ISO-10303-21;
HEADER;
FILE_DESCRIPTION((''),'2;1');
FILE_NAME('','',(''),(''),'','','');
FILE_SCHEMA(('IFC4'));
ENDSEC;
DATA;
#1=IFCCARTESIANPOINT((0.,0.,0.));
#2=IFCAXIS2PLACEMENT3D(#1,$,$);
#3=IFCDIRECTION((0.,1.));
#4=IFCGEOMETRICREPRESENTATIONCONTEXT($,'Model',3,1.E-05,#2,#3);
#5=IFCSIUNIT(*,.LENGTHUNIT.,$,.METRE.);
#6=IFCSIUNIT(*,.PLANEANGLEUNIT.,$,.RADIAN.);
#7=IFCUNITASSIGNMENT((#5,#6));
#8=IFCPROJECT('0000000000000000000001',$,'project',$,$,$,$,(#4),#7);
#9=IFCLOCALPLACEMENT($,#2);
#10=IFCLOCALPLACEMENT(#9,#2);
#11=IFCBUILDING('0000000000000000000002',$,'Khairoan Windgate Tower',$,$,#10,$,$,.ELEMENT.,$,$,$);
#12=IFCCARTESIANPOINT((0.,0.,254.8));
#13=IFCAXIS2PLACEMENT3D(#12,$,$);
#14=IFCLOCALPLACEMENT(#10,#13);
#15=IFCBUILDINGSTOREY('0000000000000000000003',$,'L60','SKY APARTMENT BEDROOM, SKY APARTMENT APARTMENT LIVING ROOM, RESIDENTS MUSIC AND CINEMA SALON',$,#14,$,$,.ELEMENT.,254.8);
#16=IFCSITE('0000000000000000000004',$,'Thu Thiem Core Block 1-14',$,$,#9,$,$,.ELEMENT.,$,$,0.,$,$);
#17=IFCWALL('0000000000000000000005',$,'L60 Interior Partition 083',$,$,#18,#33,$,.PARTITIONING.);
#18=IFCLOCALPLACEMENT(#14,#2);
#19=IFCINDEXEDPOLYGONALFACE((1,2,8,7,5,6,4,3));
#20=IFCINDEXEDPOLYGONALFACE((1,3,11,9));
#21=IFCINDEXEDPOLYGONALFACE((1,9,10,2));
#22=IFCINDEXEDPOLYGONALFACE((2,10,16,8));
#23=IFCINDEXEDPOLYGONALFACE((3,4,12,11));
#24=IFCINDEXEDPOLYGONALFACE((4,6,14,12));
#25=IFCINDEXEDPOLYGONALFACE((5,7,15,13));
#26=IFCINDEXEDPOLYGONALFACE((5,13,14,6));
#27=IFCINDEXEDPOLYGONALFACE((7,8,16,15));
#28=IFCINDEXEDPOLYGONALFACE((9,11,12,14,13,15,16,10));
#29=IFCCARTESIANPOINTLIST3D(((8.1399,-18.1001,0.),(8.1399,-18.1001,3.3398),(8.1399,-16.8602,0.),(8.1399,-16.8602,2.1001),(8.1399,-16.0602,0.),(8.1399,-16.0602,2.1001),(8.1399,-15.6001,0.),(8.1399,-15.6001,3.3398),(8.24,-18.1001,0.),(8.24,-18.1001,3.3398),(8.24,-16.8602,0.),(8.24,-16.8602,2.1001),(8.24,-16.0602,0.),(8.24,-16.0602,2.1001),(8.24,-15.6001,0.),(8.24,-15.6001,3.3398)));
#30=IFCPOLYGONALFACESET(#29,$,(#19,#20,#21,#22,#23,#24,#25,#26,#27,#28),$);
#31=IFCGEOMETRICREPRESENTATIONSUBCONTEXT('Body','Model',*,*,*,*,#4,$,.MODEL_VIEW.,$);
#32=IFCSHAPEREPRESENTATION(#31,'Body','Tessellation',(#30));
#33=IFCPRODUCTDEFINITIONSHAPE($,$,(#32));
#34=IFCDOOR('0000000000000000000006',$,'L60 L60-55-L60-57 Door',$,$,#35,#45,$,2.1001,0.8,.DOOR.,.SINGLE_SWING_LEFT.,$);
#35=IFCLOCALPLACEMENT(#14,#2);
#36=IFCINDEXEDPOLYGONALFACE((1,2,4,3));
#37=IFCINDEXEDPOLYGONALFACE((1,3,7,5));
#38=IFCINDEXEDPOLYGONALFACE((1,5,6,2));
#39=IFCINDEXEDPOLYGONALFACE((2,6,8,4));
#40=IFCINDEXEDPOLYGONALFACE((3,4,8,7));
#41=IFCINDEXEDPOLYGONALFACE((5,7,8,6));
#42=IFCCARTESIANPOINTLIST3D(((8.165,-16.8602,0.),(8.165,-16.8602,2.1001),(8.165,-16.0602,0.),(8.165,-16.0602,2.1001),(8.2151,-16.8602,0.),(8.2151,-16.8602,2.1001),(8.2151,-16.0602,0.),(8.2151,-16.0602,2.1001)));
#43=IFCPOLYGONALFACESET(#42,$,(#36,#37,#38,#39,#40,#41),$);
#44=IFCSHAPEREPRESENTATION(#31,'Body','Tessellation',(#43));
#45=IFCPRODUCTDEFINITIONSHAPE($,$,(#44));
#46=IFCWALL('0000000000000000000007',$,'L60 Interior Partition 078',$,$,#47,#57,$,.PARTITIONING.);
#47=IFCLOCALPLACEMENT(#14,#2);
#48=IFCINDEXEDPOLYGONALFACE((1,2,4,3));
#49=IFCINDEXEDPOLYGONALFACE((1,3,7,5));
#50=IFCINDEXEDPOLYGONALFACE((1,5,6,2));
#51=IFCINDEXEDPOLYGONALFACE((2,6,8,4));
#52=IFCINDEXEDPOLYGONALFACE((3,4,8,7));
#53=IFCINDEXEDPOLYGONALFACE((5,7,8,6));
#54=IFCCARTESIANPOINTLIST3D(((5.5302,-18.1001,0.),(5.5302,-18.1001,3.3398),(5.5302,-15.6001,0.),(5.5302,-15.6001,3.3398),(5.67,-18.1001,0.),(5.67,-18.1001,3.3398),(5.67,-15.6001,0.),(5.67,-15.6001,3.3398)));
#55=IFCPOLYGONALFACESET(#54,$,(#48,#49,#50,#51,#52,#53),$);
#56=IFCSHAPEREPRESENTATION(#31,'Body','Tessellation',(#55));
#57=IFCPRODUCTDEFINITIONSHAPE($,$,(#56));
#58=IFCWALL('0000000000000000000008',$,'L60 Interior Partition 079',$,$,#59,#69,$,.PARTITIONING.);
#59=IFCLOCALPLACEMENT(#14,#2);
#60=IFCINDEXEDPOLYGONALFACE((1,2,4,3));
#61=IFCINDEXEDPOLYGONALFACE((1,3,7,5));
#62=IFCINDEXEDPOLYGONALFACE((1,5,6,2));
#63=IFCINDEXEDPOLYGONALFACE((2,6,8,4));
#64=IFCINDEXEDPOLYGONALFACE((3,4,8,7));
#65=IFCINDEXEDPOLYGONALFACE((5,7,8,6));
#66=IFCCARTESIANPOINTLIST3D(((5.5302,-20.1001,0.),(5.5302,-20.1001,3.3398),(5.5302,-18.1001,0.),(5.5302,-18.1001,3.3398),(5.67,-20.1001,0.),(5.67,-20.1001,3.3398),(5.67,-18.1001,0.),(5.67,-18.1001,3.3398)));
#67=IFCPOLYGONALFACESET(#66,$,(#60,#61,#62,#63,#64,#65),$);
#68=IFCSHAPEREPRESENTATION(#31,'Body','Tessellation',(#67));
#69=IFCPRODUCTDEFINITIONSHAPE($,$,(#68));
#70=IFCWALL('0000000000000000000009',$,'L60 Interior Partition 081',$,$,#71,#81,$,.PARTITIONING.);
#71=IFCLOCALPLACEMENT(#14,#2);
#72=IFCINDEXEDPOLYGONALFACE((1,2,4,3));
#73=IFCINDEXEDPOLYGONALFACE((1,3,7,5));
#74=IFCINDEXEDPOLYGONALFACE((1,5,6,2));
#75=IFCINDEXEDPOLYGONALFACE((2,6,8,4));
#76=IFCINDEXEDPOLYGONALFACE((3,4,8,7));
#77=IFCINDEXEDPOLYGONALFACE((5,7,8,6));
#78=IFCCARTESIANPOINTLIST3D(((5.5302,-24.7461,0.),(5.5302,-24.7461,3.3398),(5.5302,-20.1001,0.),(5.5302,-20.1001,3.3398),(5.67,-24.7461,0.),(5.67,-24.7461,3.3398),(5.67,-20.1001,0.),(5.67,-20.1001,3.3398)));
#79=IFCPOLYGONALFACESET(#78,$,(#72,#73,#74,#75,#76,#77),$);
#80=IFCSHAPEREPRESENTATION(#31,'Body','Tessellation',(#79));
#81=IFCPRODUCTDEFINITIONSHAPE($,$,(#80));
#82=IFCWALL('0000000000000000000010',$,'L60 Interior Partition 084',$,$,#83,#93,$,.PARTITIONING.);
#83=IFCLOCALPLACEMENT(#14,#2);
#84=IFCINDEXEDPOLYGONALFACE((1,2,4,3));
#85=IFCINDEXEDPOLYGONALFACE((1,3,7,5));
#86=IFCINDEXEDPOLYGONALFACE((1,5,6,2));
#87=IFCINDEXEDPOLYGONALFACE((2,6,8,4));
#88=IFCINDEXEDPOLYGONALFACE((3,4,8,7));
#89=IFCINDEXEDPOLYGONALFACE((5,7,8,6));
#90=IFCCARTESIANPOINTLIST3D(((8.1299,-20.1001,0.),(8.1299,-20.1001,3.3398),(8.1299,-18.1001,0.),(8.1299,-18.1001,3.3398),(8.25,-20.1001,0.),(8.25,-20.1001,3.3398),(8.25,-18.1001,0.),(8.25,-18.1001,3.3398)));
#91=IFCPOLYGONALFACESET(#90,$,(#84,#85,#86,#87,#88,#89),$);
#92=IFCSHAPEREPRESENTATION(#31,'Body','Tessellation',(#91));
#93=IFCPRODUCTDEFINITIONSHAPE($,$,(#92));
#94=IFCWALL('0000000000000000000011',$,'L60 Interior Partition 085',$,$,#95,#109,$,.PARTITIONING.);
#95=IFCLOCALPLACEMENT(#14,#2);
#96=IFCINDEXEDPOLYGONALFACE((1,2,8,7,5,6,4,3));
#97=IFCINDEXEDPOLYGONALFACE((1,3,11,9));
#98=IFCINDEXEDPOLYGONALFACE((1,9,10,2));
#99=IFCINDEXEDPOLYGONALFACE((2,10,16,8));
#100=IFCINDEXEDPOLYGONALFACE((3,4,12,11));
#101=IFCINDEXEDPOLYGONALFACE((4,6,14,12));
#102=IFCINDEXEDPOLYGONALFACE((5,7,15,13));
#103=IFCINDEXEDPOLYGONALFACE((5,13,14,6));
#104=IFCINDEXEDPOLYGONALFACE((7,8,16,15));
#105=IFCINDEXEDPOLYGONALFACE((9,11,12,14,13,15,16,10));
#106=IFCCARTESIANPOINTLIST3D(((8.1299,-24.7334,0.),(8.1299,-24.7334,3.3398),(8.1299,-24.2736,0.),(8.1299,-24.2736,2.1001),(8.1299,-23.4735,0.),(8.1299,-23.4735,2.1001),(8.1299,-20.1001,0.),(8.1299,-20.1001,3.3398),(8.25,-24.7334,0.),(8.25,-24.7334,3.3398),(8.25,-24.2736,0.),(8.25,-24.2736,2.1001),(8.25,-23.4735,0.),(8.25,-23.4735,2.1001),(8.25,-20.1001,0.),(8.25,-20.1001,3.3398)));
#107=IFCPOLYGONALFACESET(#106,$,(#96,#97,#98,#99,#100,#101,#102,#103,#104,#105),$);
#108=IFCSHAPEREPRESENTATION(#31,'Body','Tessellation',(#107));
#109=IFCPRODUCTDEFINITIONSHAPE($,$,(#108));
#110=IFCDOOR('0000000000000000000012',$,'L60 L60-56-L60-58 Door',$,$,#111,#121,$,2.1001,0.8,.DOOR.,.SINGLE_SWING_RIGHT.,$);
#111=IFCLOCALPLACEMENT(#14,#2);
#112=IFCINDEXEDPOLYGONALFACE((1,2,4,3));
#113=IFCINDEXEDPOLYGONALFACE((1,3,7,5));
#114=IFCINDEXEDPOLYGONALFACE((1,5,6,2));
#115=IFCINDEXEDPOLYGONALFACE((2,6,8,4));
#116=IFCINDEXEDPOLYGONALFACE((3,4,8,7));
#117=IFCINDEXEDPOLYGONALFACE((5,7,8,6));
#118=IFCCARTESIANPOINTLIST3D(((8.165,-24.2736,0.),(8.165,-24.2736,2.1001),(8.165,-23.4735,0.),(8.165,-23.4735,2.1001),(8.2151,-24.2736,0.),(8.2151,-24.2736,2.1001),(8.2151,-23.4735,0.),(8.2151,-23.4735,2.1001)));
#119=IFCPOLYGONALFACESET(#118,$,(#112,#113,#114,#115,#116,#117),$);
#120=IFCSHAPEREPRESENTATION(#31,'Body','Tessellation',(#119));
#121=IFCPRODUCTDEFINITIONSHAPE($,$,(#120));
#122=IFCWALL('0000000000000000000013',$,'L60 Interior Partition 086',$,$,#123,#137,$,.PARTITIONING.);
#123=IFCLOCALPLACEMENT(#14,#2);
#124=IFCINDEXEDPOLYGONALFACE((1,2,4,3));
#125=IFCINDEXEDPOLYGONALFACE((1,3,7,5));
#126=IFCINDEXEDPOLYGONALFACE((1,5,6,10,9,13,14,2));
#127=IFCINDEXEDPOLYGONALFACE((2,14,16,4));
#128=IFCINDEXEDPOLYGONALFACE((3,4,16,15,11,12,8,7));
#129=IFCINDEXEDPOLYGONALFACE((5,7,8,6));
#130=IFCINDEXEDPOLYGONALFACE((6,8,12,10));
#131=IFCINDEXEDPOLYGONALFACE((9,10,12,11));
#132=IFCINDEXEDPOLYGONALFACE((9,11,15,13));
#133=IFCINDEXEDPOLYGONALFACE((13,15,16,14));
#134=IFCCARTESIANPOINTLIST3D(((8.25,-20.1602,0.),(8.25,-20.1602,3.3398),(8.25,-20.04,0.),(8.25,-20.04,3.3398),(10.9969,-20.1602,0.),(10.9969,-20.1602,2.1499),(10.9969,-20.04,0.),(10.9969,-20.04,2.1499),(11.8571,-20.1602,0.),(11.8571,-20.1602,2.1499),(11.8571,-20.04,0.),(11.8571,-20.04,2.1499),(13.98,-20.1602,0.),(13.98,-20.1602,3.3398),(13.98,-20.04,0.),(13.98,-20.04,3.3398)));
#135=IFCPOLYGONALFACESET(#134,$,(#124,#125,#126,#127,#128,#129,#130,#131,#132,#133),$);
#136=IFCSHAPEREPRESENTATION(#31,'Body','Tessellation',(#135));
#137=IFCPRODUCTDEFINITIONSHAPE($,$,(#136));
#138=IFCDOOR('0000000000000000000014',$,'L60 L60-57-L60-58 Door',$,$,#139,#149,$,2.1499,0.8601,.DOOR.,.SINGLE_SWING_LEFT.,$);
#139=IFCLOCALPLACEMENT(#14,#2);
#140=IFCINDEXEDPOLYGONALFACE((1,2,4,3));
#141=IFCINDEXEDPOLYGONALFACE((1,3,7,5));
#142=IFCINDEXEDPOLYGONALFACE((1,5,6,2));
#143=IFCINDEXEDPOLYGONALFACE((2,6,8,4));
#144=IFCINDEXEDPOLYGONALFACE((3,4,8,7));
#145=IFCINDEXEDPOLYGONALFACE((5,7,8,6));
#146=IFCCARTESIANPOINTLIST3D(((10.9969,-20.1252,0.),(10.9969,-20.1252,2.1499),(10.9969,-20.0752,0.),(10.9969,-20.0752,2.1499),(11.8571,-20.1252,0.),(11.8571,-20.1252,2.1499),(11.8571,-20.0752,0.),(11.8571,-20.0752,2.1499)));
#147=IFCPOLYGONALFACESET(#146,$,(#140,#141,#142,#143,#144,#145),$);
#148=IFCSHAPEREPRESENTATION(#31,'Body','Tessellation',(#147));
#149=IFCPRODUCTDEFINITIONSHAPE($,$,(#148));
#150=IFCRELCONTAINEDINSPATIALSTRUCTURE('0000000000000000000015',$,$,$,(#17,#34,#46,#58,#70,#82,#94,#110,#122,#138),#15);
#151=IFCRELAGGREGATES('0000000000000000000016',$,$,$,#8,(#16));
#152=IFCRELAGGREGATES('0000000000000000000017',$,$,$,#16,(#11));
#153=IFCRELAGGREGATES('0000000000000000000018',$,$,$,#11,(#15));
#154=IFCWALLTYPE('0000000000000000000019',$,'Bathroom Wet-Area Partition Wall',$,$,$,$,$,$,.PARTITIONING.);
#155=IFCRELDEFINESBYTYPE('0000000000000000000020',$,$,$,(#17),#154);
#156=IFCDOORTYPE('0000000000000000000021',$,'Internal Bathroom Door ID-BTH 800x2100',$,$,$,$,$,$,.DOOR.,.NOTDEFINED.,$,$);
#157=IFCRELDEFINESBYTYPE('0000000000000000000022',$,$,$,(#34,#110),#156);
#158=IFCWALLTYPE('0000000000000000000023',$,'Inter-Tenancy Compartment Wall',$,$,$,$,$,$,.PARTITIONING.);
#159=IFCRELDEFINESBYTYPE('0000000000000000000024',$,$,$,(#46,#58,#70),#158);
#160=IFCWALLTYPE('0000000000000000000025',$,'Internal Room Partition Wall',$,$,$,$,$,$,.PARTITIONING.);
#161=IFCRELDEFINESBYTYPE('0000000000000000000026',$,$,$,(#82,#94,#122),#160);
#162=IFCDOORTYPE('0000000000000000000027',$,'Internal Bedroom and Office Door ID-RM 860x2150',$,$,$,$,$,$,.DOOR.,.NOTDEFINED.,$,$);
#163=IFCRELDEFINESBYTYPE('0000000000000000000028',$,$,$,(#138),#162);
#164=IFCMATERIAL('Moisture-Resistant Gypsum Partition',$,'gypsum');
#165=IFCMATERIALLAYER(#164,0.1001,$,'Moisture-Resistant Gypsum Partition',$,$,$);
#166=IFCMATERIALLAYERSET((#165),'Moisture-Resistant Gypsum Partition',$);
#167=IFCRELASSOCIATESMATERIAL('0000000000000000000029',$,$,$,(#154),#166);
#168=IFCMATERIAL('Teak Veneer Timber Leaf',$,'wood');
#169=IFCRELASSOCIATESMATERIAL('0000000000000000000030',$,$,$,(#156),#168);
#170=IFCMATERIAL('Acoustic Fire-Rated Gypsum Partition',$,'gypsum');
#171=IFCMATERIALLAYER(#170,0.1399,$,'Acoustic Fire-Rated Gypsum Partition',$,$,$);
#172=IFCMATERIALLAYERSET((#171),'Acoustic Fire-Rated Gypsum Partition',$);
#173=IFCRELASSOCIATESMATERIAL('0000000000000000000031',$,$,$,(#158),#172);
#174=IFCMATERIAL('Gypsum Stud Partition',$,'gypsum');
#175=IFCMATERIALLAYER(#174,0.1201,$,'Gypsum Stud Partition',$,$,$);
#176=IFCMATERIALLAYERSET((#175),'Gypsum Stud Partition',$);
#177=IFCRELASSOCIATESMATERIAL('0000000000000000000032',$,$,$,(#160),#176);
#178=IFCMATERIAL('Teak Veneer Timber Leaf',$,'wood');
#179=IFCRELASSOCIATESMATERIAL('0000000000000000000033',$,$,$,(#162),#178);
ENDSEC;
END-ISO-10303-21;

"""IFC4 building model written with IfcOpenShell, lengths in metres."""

from ifc_helpers import new_model, si_unit, direction, frame, frame_2d, origin, place, context, subcontext, project, spatial, rectangle, extrude, material, layer, layer_set, type_object, element, fill, save


model = new_model("IFC4")

# Units and contexts
model_context = context("Model", 3, precision=1e-05, world=origin(), true_north=direction((0.0, 1.0)))
body_context = subcontext(model_context, "Body", "Model", "MODEL_VIEW")
ifc_project = project(units=[si_unit("LENGTHUNIT", "METRE"), si_unit("PLANEANGLEUNIT", "RADIAN")], contexts=[model_context])

# Site, building, storey
site_placement = place(None, origin())
site = spatial("IfcSite", under=ifc_project, at=site_placement, Name="Thu Thiem Core Block 1-14", CompositionType="ELEMENT", RefElevation=0.0)
building_placement = place(site_placement, origin())
building = spatial("IfcBuilding", under=site, at=building_placement, Name="Khairoan Windgate Tower", CompositionType="ELEMENT")
storey_placement = place(building_placement, frame((0.0, 0.0, 254.8)))
storey = spatial("IfcBuildingStorey", under=building, at=storey_placement, Name="L60", Description="SKY APARTMENT BEDROOM, SKY APARTMENT APARTMENT LIVING ROOM, RESIDENTS MUSIC AND CINEMA SALON", CompositionType="ELEMENT", Elevation=254.8)

# Shared definitions
ifc_material_1 = material(Name="Moisture-Resistant Gypsum Partition", Category="gypsum")
ifc_layer_1 = layer(ifc_material_1, 0.1001, Name="Moisture-Resistant Gypsum Partition")
ifc_layer_set_1 = layer_set([ifc_layer_1], Name="Moisture-Resistant Gypsum Partition")
wall_type_1 = type_object("IfcWallType", Name="Bathroom Wet-Area Partition Wall", PredefinedType="PARTITIONING", material=ifc_layer_set_1)

# Wall, opening, door
wall_1_placement = place(storey_placement, frame((8.1899, -18.1001, 0.0), z_axis=(0.0, 0.0, 1.0), x_axis=(0.0, 1.0, 0.0)))
wall_1 = element("IfcWall", 1, at=wall_1_placement, inside=storey, type_object=wall_type_1, Name="L60 Interior Partition 083", PredefinedType="PARTITIONING", context=body_context, shape_type="SweptSolid", body=[
    extrude(rectangle(XDim=2.5, YDim=0.1001, at=frame_2d((1.25, 0.0))), origin(), (0.0, 0.0, 1.0), 3.3398),
])
opening_1_placement = place(wall_1_placement, frame((1.24, 0.0, 0.0)))
opening_1 = element("IfcOpeningElement", 2, at=opening_1_placement, cuts=wall_1, PredefinedType="OPENING", context=body_context, shape_type="SweptSolid", body=[
    extrude(rectangle(XDim=0.8, YDim=2.1001, at=frame_2d((0.3999, 1.05))), frame((0.0, 0.0601, 0.0), z_axis=(0.0, -1.0, 0.0), x_axis=(1.0, 0.0, 0.0)), (0.0, 0.0, 1.0), 0.1201),
])
ifc_material_2 = material(Name="Teak Veneer Timber Leaf", Category="wood")
door_type_1 = type_object("IfcDoorType", Name="Internal Bathroom Door ID-BTH 800x2100", OperationType="NOTDEFINED", PredefinedType="DOOR", material=ifc_material_2)
door_1_placement = place(opening_1_placement, origin())
door_1 = element("IfcDoor", 3, at=door_1_placement, inside=storey, type_object=door_type_1, Name="L60 L60-55-L60-57 Door", OperationType="SINGLE_SWING_LEFT", OverallHeight=2.1001, OverallWidth=0.8, PredefinedType="DOOR", context=body_context, shape_type="SweptSolid", body=[
    extrude(rectangle(XDim=0.8, YDim=2.1001, at=frame_2d((0.3999, 1.05))), frame((0.0, 0.0249, 0.0), z_axis=(0.0, -1.0, 0.0), x_axis=(1.0, 0.0, 0.0)), (0.0, 0.0, 1.0), 0.05),
])
fill(opening_1, door_1)

# Walls
ifc_material_3 = material(Name="Acoustic Fire-Rated Gypsum Partition", Category="gypsum")
ifc_layer_2 = layer(ifc_material_3, 0.1399, Name="Acoustic Fire-Rated Gypsum Partition")
ifc_layer_set_2 = layer_set([ifc_layer_2], Name="Acoustic Fire-Rated Gypsum Partition")
wall_type_2 = type_object("IfcWallType", Name="Inter-Tenancy Compartment Wall", PredefinedType="PARTITIONING", material=ifc_layer_set_2)
wall_2_placement = place(storey_placement, frame((5.6001, -18.1001, 0.0), z_axis=(0.0, 0.0, 1.0), x_axis=(0.0, 1.0, 0.0)))
element("IfcWall", 4, at=wall_2_placement, inside=storey, type_object=wall_type_2, Name="L60 Interior Partition 078", PredefinedType="PARTITIONING", context=body_context, shape_type="SweptSolid", body=[
    extrude(rectangle(XDim=2.5, YDim=0.1399, at=frame_2d((1.25, 0.0))), origin(), (0.0, 0.0, 1.0), 3.3398),
])
wall_3_placement = place(storey_placement, frame((5.6001, -20.1001, 0.0), z_axis=(0.0, 0.0, 1.0), x_axis=(0.0, 1.0, 0.0)))
element("IfcWall", 5, at=wall_3_placement, inside=storey, type_object=wall_type_2, Name="L60 Interior Partition 079", PredefinedType="PARTITIONING", context=body_context, shape_type="SweptSolid", body=[
    extrude(rectangle(XDim=2.0, YDim=0.1399, at=frame_2d((1.0, 0.0))), origin(), (0.0, 0.0, 1.0), 3.3398),
])
wall_4_placement = place(storey_placement, frame((5.6001, -24.7461, 0.0), z_axis=(0.0, 0.0, 1.0), x_axis=(0.0, 1.0, 0.0)))
element("IfcWall", 6, at=wall_4_placement, inside=storey, type_object=wall_type_2, Name="L60 Interior Partition 081", PredefinedType="PARTITIONING", context=body_context, shape_type="SweptSolid", body=[
    extrude(rectangle(XDim=4.646, YDim=0.1399, at=frame_2d((2.323, 0.0))), origin(), (0.0, 0.0, 1.0), 3.3398),
])
ifc_material_4 = material(Name="Gypsum Stud Partition", Category="gypsum")
ifc_layer_3 = layer(ifc_material_4, 0.1201, Name="Gypsum Stud Partition")
ifc_layer_set_3 = layer_set([ifc_layer_3], Name="Gypsum Stud Partition")
wall_type_3 = type_object("IfcWallType", Name="Internal Room Partition Wall", PredefinedType="PARTITIONING", material=ifc_layer_set_3)
wall_5_placement = place(storey_placement, frame((8.1899, -20.1001, 0.0), z_axis=(0.0, 0.0, 1.0), x_axis=(0.0, 1.0, 0.0)))
element("IfcWall", 7, at=wall_5_placement, inside=storey, type_object=wall_type_3, Name="L60 Interior Partition 084", PredefinedType="PARTITIONING", context=body_context, shape_type="SweptSolid", body=[
    extrude(rectangle(XDim=2.0, YDim=0.1201, at=frame_2d((1.0, 0.0))), origin(), (0.0, 0.0, 1.0), 3.3398),
])

# Walls, openings, doors
wall_6_placement = place(storey_placement, frame((8.1899, -24.7334, 0.0), z_axis=(0.0, 0.0, 1.0), x_axis=(0.0, 1.0, 0.0)))
wall_6 = element("IfcWall", 8, at=wall_6_placement, inside=storey, type_object=wall_type_3, Name="L60 Interior Partition 085", PredefinedType="PARTITIONING", context=body_context, shape_type="SweptSolid", body=[
    extrude(rectangle(XDim=4.6333, YDim=0.1201, at=frame_2d((2.3167, 0.0))), origin(), (0.0, 0.0, 1.0), 3.3398),
])
opening_2_placement = place(wall_6_placement, frame((0.46, 0.0, 0.0)))
opening_2 = element("IfcOpeningElement", 9, at=opening_2_placement, cuts=wall_6, PredefinedType="OPENING", context=body_context, shape_type="SweptSolid", body=[
    extrude(rectangle(XDim=0.8, YDim=2.1001, at=frame_2d((0.3999, 1.05))), frame((0.0, 0.0701, 0.0), z_axis=(0.0, -1.0, 0.0), x_axis=(1.0, 0.0, 0.0)), (0.0, 0.0, 1.0), 0.1401),
])
door_2_placement = place(opening_2_placement, origin())
door_2 = element("IfcDoor", 10, at=door_2_placement, inside=storey, type_object=door_type_1, Name="L60 L60-56-L60-58 Door", OperationType="SINGLE_SWING_RIGHT", OverallHeight=2.1001, OverallWidth=0.8, PredefinedType="DOOR", context=body_context, shape_type="SweptSolid", body=[
    extrude(rectangle(XDim=0.8, YDim=2.1001, at=frame_2d((0.3999, 1.05))), frame((0.0, 0.0249, 0.0), z_axis=(0.0, -1.0, 0.0), x_axis=(1.0, 0.0, 0.0)), (0.0, 0.0, 1.0), 0.05),
])
fill(opening_2, door_2)
wall_7_placement = place(storey_placement, frame((8.25, -20.1001, 0.0), z_axis=(0.0, 0.0, 1.0), x_axis=(1.0, 0.0, 0.0)))
wall_7 = element("IfcWall", 11, at=wall_7_placement, inside=storey, type_object=wall_type_3, Name="L60 Interior Partition 086", PredefinedType="PARTITIONING", context=body_context, shape_type="SweptSolid", body=[
    extrude(rectangle(XDim=5.73, YDim=0.1201, at=frame_2d((2.865, 0.0))), origin(), (0.0, 0.0, 1.0), 3.3398),
])
opening_3_placement = place(wall_7_placement, frame((2.7468, 0.0, 0.0)))
opening_3 = element("IfcOpeningElement", 12, at=opening_3_placement, cuts=wall_7, PredefinedType="OPENING", context=body_context, shape_type="SweptSolid", body=[
    extrude(rectangle(XDim=0.8601, YDim=2.1499, at=frame_2d((0.4302, 1.075))), frame((0.0, 0.0701, 0.0), z_axis=(0.0, -1.0, 0.0), x_axis=(1.0, 0.0, 0.0)), (0.0, 0.0, 1.0), 0.1401),
])
ifc_material_5 = material(Name="Teak Veneer Timber Leaf", Category="wood")
door_type_2 = type_object("IfcDoorType", Name="Internal Bedroom and Office Door ID-RM 860x2150", OperationType="NOTDEFINED", PredefinedType="DOOR", material=ifc_material_5)
door_3_placement = place(opening_3_placement, origin())
door_3 = element("IfcDoor", 13, at=door_3_placement, inside=storey, type_object=door_type_2, Name="L60 L60-57-L60-58 Door", OperationType="SINGLE_SWING_LEFT", OverallHeight=2.1499, OverallWidth=0.8601, PredefinedType="DOOR", context=body_context, shape_type="SweptSolid", body=[
    extrude(rectangle(XDim=0.8601, YDim=2.1499, at=frame_2d((0.4302, 1.075))), frame((0.0, 0.0249, 0.0), z_axis=(0.0, -1.0, 0.0), x_axis=(1.0, 0.0, 0.0)), (0.0, 0.0, 1.0), 0.05),
])
fill(opening_3, door_3)

save(model, "model.ifc")
